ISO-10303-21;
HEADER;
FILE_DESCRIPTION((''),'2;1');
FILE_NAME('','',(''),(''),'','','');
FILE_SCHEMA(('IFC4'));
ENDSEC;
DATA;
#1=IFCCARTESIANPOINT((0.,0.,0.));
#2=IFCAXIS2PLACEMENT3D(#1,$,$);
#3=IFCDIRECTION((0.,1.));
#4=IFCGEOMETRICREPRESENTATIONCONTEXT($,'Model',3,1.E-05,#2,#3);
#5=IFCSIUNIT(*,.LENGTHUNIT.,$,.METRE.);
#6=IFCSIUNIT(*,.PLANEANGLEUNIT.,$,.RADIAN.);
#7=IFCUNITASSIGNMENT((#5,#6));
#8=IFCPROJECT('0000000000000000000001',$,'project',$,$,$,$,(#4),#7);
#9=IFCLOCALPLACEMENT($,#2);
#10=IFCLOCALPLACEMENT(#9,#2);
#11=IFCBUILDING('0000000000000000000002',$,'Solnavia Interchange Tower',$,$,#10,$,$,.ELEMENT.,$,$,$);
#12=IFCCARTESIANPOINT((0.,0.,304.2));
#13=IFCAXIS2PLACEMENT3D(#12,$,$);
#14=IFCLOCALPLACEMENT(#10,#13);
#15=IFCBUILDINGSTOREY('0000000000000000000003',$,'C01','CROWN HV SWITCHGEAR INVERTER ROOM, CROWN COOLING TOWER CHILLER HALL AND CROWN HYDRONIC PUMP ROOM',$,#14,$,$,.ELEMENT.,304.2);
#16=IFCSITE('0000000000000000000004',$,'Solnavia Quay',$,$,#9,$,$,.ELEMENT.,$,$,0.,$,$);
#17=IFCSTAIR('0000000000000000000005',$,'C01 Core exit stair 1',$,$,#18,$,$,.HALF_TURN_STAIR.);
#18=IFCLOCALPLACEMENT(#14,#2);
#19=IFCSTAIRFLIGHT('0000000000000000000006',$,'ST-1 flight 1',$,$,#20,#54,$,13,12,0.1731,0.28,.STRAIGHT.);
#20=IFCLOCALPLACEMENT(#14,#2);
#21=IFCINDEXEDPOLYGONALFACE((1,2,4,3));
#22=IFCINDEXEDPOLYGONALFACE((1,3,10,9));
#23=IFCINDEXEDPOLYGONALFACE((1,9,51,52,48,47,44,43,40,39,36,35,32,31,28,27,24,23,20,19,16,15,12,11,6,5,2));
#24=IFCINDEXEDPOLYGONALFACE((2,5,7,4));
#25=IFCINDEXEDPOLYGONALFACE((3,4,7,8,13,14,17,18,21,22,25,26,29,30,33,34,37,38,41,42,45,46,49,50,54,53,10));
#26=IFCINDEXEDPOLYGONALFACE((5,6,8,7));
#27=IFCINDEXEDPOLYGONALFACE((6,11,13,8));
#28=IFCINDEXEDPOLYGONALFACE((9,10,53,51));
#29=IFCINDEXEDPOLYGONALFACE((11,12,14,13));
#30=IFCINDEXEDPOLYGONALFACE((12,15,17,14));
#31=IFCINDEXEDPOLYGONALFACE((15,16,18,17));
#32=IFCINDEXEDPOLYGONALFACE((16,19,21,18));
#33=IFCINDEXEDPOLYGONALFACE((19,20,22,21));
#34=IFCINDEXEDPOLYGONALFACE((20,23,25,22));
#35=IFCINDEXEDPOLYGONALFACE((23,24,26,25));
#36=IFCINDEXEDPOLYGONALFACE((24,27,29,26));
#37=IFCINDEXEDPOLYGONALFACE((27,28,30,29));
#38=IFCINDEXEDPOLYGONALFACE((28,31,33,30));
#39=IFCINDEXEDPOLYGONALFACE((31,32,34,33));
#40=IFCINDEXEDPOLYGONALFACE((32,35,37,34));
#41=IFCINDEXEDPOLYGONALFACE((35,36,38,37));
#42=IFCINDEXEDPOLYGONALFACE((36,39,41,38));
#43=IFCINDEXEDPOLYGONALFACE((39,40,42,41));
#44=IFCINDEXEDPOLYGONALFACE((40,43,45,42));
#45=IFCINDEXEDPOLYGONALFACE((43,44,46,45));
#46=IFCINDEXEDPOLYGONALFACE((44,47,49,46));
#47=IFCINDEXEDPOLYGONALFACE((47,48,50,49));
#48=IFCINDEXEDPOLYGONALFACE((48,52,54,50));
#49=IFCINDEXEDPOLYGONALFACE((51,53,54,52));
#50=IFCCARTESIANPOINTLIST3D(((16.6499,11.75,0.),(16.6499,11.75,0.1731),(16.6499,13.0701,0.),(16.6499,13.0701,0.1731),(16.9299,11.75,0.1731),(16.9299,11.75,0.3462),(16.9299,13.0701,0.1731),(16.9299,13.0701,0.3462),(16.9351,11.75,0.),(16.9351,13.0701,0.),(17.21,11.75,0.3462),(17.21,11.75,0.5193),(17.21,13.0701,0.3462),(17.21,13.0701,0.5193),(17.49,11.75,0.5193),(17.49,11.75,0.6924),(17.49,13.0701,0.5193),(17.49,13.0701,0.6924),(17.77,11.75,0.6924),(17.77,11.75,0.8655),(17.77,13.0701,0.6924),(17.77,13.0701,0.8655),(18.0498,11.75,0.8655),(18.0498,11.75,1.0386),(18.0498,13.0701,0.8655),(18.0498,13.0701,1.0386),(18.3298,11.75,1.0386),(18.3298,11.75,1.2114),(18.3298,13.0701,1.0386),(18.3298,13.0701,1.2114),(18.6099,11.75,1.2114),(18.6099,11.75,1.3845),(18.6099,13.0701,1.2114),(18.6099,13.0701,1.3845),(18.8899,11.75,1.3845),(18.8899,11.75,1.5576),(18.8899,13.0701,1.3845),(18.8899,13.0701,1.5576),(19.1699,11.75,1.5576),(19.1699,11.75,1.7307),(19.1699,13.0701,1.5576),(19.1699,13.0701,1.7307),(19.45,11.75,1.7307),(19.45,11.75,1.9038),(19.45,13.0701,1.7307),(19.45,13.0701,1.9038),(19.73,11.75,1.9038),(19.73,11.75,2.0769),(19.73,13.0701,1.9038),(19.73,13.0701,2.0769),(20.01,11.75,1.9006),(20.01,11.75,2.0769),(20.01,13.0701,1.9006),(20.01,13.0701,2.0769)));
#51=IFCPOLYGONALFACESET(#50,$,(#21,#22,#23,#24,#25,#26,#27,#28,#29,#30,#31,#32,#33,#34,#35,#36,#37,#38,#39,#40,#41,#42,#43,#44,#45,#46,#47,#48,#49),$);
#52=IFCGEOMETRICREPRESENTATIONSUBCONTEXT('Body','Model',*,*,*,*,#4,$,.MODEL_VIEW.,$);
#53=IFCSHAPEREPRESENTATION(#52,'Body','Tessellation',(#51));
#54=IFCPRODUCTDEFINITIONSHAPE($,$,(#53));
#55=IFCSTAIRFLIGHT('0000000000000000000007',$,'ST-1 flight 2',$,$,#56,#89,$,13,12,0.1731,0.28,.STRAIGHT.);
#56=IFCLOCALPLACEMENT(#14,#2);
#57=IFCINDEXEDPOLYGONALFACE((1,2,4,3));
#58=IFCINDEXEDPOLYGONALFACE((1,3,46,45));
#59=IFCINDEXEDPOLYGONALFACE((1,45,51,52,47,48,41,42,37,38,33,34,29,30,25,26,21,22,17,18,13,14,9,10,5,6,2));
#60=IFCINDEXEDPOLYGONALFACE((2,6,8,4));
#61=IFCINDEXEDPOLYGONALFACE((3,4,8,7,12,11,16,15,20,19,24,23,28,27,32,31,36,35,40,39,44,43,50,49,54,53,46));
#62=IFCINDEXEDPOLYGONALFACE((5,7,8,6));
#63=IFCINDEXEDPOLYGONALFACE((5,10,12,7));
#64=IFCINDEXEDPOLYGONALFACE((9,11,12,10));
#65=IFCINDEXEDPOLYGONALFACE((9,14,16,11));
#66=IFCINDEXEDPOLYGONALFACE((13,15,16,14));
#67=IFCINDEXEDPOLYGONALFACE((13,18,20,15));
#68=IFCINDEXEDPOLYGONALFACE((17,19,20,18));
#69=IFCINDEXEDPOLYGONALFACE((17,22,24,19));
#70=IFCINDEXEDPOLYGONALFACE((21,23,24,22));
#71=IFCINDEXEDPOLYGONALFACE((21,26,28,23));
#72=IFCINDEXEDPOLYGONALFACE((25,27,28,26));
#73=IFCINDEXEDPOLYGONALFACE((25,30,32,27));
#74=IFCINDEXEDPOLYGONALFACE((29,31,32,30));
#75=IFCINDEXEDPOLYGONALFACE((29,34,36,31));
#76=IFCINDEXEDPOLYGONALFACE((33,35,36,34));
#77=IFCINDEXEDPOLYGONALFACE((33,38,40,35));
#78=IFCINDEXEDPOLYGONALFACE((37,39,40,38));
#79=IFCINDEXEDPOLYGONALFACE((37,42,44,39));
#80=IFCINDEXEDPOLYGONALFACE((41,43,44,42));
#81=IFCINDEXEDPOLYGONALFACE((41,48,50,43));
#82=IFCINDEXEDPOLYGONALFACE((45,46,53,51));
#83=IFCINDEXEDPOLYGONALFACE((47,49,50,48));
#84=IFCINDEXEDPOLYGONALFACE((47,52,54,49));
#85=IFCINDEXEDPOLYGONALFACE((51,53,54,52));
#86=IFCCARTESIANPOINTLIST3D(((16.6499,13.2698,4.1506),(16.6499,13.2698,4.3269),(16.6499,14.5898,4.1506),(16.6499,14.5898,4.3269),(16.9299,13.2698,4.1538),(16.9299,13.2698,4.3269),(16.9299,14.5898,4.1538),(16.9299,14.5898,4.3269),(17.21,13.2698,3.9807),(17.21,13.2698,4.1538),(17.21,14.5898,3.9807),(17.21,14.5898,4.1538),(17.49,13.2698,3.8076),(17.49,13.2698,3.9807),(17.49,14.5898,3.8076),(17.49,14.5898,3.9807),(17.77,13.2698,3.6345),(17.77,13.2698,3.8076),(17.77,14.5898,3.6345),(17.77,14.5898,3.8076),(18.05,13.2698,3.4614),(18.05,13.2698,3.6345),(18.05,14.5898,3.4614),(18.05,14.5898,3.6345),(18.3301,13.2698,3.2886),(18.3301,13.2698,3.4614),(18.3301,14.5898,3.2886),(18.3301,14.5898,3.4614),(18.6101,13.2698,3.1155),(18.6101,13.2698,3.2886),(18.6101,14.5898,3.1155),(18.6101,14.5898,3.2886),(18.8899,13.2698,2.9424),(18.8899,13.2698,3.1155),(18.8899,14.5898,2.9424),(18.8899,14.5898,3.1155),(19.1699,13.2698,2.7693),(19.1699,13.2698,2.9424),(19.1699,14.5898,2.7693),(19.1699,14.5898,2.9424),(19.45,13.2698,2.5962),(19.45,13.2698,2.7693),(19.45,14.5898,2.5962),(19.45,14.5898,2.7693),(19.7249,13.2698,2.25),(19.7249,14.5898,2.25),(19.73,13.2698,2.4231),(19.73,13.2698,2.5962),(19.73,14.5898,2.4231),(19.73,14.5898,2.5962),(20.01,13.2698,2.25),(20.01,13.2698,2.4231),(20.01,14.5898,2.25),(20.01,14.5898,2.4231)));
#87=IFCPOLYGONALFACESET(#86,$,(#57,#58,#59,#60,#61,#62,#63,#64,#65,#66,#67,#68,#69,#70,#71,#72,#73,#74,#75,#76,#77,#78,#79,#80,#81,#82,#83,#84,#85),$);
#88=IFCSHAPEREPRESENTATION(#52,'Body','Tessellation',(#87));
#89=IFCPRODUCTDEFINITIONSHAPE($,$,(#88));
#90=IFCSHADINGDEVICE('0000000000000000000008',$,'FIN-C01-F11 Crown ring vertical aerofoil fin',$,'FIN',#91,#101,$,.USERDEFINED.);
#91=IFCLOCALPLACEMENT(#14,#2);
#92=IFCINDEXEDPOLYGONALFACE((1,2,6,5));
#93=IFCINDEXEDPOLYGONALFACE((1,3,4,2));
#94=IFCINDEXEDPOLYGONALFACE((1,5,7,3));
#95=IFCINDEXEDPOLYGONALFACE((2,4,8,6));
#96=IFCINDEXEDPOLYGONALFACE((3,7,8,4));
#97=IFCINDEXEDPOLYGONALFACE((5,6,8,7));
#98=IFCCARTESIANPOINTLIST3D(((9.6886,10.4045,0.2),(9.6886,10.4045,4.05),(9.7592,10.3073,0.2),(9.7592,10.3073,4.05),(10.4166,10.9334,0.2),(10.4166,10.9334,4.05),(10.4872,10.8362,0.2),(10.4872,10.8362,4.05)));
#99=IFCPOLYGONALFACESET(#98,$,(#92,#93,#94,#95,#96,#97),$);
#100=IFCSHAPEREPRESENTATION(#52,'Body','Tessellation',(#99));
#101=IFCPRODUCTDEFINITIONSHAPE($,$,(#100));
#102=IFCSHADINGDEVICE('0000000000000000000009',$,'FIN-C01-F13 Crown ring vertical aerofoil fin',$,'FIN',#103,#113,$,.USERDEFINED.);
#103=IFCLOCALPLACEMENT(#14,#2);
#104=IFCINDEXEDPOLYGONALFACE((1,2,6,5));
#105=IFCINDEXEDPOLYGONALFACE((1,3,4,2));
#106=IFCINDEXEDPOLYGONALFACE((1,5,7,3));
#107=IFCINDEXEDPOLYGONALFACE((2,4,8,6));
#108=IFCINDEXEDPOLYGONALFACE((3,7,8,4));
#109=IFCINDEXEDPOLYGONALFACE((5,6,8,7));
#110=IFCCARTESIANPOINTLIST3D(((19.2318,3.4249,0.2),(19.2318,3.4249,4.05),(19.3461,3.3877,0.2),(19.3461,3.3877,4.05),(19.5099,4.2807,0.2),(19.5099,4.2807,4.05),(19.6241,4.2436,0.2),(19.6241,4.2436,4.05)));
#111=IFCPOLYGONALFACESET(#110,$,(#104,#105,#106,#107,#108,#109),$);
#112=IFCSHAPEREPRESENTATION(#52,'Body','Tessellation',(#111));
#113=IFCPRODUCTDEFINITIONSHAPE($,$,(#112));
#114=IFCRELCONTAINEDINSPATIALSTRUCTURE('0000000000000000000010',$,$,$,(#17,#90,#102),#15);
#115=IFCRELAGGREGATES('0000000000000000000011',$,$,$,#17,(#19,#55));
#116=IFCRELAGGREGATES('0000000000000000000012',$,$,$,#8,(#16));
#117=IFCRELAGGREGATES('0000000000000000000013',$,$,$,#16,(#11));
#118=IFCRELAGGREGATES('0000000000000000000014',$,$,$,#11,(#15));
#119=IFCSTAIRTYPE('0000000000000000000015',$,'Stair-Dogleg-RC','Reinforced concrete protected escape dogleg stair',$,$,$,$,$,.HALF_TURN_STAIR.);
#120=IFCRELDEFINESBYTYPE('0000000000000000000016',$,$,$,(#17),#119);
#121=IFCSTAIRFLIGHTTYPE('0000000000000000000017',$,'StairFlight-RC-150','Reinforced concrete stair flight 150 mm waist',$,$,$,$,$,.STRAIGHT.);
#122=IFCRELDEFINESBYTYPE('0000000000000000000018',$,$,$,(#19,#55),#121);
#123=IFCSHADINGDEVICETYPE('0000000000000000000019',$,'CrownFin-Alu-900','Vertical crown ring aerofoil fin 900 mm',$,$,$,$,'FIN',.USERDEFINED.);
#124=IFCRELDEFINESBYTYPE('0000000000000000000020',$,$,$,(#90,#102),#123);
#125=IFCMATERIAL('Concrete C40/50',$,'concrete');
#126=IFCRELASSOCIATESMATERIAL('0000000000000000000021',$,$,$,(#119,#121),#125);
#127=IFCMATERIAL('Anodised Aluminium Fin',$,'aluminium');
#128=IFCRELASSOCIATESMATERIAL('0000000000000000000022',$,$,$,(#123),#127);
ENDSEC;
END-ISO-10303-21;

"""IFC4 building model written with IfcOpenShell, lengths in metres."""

from ifc_helpers import new_model, si_unit, direction, frame, origin, origin_2d, place, context, subcontext, project, spatial, polyline, rectangle, outline, extrude, material, type_object, element, aggregate, save


model = new_model("IFC4")

# Units and contexts
model_context = context("Model", 3, precision=1e-05, world=origin(), true_north=direction((0.0, 1.0)))
body_context = subcontext(model_context, "Body", "Model", "MODEL_VIEW")
ifc_project = project(units=[si_unit("LENGTHUNIT", "METRE"), si_unit("PLANEANGLEUNIT", "RADIAN")], contexts=[model_context])

# Site, building, storey
site_placement = place(None, origin())
site = spatial("IfcSite", under=ifc_project, at=site_placement, Name="Solnavia Quay", CompositionType="ELEMENT", RefElevation=0.0)
building_placement = place(site_placement, origin())
building = spatial("IfcBuilding", under=site, at=building_placement, Name="Solnavia Interchange Tower", CompositionType="ELEMENT")
storey_placement = place(building_placement, frame((0.0, 0.0, 304.2)))
storey = spatial("IfcBuildingStorey", under=building, at=storey_placement, Name="C01", Description="CROWN HV SWITCHGEAR INVERTER ROOM, CROWN COOLING TOWER CHILLER HALL AND CROWN HYDRONIC PUMP ROOM", CompositionType="ELEMENT", Elevation=304.2)

# Stair
ifc_material_1 = material(Name="Concrete C40/50", Category="concrete")
stair_type = type_object("IfcStairType", Name="Stair-Dogleg-RC", Description="Reinforced concrete protected escape dogleg stair", PredefinedType="HALF_TURN_STAIR", material=ifc_material_1)
stair_1_placement = place(storey_placement, origin())
stair_1 = element("IfcStair", 1, at=stair_1_placement, inside=storey, type_object=stair_type, Name="C01 Core exit stair 1", PredefinedType="HALF_TURN_STAIR")

# Stair flights
stair_flight_type = type_object("IfcStairFlightType", Name="StairFlight-RC-150", Description="Reinforced concrete stair flight 150 mm waist", PredefinedType="STRAIGHT", material=ifc_material_1)
stair_flight_1_placement = place(storey_placement, frame((16.6499, 12.4099, 0.0), z_axis=(0.0, 0.0, 1.0), x_axis=(1.0, 0.0, 0.0)))
stair_flight_1 = element("IfcStairFlight", 2, at=stair_flight_1_placement, type_object=stair_flight_type, Name="ST-1 flight 1", NumberOfRisers=13, NumberOfTreads=12, PredefinedType="STRAIGHT", RiserHeight=0.1731, TreadLength=0.28, context=body_context, shape_type="SweptSolid", body=[
    extrude(outline(polyline([(0.0, 0.0), (0.0, 0.1731), (0.28, 0.1731), (0.28, 0.3462), (0.5601, 0.3462), (0.5601, 0.5193), (0.8401, 0.5193), (0.8401, 0.6924), (1.1201, 0.6924), (1.1201, 0.8655), (1.3999, 0.8655), (1.3999, 1.0386), (1.6799, 1.0386), (1.6799, 1.2114), (1.96, 1.2114), (1.96, 1.3845), (2.24, 1.3845), (2.24, 1.5576), (2.52, 1.5576), (2.52, 1.7307), (2.8, 1.7307), (2.8, 1.9038), (3.0801, 1.9038), (3.0801, 2.0769), (3.3601, 2.0769), (3.3601, 2.25), (3.3601, 1.9006), (0.2852, 0.0), (0.0, 0.0)])), frame((0.0, 0.6602, 0.0), z_axis=(0.0, -1.0, 0.0), x_axis=(1.0, 0.0, 0.0)), (0.0, 0.0, 1.0), 1.3201),
])
stair_flight_2_placement = place(storey_placement, frame((20.01, 13.9299, 2.25), z_axis=(0.0, 0.0, 1.0), x_axis=(-1.0, 0.0, 0.0)))
stair_flight_2 = element("IfcStairFlight", 3, at=stair_flight_2_placement, type_object=stair_flight_type, Name="ST-1 flight 2", NumberOfRisers=13, NumberOfTreads=12, PredefinedType="STRAIGHT", RiserHeight=0.1731, TreadLength=0.28, context=body_context, shape_type="SweptSolid", body=[
    extrude(outline(polyline([(0.0, 0.0), (0.0, 0.1731), (0.28, 0.1731), (0.28, 0.3462), (0.5601, 0.3462), (0.5601, 0.5193), (0.8401, 0.5193), (0.8401, 0.6924), (1.1201, 0.6924), (1.1201, 0.8655), (1.3999, 0.8655), (1.3999, 1.0386), (1.6799, 1.0386), (1.6799, 1.2114), (1.96, 1.2114), (1.96, 1.3845), (2.24, 1.3845), (2.24, 1.5576), (2.52, 1.5576), (2.52, 1.7307), (2.8, 1.7307), (2.8, 1.9038), (3.0801, 1.9038), (3.0801, 2.0769), (3.3601, 2.0769), (3.3601, 2.25), (3.3601, 1.9006), (0.2852, 0.0), (0.0, 0.0)])), frame((0.0, 0.6602, 0.0), z_axis=(0.0, -1.0, 0.0), x_axis=(1.0, 0.0, 0.0)), (0.0, 0.0, 1.0), 1.3201),
])
aggregate(stair_1, [stair_flight_1, stair_flight_2])

# Shading devices
ifc_material_2 = material(Name="Anodised Aluminium Fin", Category="aluminium")
shading_device_type = type_object("IfcShadingDeviceType", Name="CrownFin-Alu-900", Description="Vertical crown ring aerofoil fin 900 mm", ElementType="FIN", PredefinedType="USERDEFINED", material=ifc_material_2)
for number, where, z_axis, x_axis, name in (
    (4, (10.0879, 10.6204, 0.2), (0.0, 0.0, 1.0), (-0.809017, -0.587785, 0.0), "FIN-C01-F11 Crown ring vertical aerofoil fin"),
    (5, (19.428, 3.8342, 0.2), (0.0, 0.0, 1.0), (-0.309017, -0.951057, 0.0), "FIN-C01-F13 Crown ring vertical aerofoil fin"),
):
    element("IfcShadingDevice", number, at=place(storey_placement, frame(where, z_axis=z_axis, x_axis=x_axis)), inside=storey, type_object=shading_device_type, Name=name, ObjectType="FIN", PredefinedType="USERDEFINED", context=body_context, shape_type="SweptSolid", body=[
        extrude(rectangle(XDim=0.8999, YDim=0.1201, at=origin_2d()), origin(), (0.0, 0.0, 1.0), 3.8501),
    ])

save(model, "model.ifc")
